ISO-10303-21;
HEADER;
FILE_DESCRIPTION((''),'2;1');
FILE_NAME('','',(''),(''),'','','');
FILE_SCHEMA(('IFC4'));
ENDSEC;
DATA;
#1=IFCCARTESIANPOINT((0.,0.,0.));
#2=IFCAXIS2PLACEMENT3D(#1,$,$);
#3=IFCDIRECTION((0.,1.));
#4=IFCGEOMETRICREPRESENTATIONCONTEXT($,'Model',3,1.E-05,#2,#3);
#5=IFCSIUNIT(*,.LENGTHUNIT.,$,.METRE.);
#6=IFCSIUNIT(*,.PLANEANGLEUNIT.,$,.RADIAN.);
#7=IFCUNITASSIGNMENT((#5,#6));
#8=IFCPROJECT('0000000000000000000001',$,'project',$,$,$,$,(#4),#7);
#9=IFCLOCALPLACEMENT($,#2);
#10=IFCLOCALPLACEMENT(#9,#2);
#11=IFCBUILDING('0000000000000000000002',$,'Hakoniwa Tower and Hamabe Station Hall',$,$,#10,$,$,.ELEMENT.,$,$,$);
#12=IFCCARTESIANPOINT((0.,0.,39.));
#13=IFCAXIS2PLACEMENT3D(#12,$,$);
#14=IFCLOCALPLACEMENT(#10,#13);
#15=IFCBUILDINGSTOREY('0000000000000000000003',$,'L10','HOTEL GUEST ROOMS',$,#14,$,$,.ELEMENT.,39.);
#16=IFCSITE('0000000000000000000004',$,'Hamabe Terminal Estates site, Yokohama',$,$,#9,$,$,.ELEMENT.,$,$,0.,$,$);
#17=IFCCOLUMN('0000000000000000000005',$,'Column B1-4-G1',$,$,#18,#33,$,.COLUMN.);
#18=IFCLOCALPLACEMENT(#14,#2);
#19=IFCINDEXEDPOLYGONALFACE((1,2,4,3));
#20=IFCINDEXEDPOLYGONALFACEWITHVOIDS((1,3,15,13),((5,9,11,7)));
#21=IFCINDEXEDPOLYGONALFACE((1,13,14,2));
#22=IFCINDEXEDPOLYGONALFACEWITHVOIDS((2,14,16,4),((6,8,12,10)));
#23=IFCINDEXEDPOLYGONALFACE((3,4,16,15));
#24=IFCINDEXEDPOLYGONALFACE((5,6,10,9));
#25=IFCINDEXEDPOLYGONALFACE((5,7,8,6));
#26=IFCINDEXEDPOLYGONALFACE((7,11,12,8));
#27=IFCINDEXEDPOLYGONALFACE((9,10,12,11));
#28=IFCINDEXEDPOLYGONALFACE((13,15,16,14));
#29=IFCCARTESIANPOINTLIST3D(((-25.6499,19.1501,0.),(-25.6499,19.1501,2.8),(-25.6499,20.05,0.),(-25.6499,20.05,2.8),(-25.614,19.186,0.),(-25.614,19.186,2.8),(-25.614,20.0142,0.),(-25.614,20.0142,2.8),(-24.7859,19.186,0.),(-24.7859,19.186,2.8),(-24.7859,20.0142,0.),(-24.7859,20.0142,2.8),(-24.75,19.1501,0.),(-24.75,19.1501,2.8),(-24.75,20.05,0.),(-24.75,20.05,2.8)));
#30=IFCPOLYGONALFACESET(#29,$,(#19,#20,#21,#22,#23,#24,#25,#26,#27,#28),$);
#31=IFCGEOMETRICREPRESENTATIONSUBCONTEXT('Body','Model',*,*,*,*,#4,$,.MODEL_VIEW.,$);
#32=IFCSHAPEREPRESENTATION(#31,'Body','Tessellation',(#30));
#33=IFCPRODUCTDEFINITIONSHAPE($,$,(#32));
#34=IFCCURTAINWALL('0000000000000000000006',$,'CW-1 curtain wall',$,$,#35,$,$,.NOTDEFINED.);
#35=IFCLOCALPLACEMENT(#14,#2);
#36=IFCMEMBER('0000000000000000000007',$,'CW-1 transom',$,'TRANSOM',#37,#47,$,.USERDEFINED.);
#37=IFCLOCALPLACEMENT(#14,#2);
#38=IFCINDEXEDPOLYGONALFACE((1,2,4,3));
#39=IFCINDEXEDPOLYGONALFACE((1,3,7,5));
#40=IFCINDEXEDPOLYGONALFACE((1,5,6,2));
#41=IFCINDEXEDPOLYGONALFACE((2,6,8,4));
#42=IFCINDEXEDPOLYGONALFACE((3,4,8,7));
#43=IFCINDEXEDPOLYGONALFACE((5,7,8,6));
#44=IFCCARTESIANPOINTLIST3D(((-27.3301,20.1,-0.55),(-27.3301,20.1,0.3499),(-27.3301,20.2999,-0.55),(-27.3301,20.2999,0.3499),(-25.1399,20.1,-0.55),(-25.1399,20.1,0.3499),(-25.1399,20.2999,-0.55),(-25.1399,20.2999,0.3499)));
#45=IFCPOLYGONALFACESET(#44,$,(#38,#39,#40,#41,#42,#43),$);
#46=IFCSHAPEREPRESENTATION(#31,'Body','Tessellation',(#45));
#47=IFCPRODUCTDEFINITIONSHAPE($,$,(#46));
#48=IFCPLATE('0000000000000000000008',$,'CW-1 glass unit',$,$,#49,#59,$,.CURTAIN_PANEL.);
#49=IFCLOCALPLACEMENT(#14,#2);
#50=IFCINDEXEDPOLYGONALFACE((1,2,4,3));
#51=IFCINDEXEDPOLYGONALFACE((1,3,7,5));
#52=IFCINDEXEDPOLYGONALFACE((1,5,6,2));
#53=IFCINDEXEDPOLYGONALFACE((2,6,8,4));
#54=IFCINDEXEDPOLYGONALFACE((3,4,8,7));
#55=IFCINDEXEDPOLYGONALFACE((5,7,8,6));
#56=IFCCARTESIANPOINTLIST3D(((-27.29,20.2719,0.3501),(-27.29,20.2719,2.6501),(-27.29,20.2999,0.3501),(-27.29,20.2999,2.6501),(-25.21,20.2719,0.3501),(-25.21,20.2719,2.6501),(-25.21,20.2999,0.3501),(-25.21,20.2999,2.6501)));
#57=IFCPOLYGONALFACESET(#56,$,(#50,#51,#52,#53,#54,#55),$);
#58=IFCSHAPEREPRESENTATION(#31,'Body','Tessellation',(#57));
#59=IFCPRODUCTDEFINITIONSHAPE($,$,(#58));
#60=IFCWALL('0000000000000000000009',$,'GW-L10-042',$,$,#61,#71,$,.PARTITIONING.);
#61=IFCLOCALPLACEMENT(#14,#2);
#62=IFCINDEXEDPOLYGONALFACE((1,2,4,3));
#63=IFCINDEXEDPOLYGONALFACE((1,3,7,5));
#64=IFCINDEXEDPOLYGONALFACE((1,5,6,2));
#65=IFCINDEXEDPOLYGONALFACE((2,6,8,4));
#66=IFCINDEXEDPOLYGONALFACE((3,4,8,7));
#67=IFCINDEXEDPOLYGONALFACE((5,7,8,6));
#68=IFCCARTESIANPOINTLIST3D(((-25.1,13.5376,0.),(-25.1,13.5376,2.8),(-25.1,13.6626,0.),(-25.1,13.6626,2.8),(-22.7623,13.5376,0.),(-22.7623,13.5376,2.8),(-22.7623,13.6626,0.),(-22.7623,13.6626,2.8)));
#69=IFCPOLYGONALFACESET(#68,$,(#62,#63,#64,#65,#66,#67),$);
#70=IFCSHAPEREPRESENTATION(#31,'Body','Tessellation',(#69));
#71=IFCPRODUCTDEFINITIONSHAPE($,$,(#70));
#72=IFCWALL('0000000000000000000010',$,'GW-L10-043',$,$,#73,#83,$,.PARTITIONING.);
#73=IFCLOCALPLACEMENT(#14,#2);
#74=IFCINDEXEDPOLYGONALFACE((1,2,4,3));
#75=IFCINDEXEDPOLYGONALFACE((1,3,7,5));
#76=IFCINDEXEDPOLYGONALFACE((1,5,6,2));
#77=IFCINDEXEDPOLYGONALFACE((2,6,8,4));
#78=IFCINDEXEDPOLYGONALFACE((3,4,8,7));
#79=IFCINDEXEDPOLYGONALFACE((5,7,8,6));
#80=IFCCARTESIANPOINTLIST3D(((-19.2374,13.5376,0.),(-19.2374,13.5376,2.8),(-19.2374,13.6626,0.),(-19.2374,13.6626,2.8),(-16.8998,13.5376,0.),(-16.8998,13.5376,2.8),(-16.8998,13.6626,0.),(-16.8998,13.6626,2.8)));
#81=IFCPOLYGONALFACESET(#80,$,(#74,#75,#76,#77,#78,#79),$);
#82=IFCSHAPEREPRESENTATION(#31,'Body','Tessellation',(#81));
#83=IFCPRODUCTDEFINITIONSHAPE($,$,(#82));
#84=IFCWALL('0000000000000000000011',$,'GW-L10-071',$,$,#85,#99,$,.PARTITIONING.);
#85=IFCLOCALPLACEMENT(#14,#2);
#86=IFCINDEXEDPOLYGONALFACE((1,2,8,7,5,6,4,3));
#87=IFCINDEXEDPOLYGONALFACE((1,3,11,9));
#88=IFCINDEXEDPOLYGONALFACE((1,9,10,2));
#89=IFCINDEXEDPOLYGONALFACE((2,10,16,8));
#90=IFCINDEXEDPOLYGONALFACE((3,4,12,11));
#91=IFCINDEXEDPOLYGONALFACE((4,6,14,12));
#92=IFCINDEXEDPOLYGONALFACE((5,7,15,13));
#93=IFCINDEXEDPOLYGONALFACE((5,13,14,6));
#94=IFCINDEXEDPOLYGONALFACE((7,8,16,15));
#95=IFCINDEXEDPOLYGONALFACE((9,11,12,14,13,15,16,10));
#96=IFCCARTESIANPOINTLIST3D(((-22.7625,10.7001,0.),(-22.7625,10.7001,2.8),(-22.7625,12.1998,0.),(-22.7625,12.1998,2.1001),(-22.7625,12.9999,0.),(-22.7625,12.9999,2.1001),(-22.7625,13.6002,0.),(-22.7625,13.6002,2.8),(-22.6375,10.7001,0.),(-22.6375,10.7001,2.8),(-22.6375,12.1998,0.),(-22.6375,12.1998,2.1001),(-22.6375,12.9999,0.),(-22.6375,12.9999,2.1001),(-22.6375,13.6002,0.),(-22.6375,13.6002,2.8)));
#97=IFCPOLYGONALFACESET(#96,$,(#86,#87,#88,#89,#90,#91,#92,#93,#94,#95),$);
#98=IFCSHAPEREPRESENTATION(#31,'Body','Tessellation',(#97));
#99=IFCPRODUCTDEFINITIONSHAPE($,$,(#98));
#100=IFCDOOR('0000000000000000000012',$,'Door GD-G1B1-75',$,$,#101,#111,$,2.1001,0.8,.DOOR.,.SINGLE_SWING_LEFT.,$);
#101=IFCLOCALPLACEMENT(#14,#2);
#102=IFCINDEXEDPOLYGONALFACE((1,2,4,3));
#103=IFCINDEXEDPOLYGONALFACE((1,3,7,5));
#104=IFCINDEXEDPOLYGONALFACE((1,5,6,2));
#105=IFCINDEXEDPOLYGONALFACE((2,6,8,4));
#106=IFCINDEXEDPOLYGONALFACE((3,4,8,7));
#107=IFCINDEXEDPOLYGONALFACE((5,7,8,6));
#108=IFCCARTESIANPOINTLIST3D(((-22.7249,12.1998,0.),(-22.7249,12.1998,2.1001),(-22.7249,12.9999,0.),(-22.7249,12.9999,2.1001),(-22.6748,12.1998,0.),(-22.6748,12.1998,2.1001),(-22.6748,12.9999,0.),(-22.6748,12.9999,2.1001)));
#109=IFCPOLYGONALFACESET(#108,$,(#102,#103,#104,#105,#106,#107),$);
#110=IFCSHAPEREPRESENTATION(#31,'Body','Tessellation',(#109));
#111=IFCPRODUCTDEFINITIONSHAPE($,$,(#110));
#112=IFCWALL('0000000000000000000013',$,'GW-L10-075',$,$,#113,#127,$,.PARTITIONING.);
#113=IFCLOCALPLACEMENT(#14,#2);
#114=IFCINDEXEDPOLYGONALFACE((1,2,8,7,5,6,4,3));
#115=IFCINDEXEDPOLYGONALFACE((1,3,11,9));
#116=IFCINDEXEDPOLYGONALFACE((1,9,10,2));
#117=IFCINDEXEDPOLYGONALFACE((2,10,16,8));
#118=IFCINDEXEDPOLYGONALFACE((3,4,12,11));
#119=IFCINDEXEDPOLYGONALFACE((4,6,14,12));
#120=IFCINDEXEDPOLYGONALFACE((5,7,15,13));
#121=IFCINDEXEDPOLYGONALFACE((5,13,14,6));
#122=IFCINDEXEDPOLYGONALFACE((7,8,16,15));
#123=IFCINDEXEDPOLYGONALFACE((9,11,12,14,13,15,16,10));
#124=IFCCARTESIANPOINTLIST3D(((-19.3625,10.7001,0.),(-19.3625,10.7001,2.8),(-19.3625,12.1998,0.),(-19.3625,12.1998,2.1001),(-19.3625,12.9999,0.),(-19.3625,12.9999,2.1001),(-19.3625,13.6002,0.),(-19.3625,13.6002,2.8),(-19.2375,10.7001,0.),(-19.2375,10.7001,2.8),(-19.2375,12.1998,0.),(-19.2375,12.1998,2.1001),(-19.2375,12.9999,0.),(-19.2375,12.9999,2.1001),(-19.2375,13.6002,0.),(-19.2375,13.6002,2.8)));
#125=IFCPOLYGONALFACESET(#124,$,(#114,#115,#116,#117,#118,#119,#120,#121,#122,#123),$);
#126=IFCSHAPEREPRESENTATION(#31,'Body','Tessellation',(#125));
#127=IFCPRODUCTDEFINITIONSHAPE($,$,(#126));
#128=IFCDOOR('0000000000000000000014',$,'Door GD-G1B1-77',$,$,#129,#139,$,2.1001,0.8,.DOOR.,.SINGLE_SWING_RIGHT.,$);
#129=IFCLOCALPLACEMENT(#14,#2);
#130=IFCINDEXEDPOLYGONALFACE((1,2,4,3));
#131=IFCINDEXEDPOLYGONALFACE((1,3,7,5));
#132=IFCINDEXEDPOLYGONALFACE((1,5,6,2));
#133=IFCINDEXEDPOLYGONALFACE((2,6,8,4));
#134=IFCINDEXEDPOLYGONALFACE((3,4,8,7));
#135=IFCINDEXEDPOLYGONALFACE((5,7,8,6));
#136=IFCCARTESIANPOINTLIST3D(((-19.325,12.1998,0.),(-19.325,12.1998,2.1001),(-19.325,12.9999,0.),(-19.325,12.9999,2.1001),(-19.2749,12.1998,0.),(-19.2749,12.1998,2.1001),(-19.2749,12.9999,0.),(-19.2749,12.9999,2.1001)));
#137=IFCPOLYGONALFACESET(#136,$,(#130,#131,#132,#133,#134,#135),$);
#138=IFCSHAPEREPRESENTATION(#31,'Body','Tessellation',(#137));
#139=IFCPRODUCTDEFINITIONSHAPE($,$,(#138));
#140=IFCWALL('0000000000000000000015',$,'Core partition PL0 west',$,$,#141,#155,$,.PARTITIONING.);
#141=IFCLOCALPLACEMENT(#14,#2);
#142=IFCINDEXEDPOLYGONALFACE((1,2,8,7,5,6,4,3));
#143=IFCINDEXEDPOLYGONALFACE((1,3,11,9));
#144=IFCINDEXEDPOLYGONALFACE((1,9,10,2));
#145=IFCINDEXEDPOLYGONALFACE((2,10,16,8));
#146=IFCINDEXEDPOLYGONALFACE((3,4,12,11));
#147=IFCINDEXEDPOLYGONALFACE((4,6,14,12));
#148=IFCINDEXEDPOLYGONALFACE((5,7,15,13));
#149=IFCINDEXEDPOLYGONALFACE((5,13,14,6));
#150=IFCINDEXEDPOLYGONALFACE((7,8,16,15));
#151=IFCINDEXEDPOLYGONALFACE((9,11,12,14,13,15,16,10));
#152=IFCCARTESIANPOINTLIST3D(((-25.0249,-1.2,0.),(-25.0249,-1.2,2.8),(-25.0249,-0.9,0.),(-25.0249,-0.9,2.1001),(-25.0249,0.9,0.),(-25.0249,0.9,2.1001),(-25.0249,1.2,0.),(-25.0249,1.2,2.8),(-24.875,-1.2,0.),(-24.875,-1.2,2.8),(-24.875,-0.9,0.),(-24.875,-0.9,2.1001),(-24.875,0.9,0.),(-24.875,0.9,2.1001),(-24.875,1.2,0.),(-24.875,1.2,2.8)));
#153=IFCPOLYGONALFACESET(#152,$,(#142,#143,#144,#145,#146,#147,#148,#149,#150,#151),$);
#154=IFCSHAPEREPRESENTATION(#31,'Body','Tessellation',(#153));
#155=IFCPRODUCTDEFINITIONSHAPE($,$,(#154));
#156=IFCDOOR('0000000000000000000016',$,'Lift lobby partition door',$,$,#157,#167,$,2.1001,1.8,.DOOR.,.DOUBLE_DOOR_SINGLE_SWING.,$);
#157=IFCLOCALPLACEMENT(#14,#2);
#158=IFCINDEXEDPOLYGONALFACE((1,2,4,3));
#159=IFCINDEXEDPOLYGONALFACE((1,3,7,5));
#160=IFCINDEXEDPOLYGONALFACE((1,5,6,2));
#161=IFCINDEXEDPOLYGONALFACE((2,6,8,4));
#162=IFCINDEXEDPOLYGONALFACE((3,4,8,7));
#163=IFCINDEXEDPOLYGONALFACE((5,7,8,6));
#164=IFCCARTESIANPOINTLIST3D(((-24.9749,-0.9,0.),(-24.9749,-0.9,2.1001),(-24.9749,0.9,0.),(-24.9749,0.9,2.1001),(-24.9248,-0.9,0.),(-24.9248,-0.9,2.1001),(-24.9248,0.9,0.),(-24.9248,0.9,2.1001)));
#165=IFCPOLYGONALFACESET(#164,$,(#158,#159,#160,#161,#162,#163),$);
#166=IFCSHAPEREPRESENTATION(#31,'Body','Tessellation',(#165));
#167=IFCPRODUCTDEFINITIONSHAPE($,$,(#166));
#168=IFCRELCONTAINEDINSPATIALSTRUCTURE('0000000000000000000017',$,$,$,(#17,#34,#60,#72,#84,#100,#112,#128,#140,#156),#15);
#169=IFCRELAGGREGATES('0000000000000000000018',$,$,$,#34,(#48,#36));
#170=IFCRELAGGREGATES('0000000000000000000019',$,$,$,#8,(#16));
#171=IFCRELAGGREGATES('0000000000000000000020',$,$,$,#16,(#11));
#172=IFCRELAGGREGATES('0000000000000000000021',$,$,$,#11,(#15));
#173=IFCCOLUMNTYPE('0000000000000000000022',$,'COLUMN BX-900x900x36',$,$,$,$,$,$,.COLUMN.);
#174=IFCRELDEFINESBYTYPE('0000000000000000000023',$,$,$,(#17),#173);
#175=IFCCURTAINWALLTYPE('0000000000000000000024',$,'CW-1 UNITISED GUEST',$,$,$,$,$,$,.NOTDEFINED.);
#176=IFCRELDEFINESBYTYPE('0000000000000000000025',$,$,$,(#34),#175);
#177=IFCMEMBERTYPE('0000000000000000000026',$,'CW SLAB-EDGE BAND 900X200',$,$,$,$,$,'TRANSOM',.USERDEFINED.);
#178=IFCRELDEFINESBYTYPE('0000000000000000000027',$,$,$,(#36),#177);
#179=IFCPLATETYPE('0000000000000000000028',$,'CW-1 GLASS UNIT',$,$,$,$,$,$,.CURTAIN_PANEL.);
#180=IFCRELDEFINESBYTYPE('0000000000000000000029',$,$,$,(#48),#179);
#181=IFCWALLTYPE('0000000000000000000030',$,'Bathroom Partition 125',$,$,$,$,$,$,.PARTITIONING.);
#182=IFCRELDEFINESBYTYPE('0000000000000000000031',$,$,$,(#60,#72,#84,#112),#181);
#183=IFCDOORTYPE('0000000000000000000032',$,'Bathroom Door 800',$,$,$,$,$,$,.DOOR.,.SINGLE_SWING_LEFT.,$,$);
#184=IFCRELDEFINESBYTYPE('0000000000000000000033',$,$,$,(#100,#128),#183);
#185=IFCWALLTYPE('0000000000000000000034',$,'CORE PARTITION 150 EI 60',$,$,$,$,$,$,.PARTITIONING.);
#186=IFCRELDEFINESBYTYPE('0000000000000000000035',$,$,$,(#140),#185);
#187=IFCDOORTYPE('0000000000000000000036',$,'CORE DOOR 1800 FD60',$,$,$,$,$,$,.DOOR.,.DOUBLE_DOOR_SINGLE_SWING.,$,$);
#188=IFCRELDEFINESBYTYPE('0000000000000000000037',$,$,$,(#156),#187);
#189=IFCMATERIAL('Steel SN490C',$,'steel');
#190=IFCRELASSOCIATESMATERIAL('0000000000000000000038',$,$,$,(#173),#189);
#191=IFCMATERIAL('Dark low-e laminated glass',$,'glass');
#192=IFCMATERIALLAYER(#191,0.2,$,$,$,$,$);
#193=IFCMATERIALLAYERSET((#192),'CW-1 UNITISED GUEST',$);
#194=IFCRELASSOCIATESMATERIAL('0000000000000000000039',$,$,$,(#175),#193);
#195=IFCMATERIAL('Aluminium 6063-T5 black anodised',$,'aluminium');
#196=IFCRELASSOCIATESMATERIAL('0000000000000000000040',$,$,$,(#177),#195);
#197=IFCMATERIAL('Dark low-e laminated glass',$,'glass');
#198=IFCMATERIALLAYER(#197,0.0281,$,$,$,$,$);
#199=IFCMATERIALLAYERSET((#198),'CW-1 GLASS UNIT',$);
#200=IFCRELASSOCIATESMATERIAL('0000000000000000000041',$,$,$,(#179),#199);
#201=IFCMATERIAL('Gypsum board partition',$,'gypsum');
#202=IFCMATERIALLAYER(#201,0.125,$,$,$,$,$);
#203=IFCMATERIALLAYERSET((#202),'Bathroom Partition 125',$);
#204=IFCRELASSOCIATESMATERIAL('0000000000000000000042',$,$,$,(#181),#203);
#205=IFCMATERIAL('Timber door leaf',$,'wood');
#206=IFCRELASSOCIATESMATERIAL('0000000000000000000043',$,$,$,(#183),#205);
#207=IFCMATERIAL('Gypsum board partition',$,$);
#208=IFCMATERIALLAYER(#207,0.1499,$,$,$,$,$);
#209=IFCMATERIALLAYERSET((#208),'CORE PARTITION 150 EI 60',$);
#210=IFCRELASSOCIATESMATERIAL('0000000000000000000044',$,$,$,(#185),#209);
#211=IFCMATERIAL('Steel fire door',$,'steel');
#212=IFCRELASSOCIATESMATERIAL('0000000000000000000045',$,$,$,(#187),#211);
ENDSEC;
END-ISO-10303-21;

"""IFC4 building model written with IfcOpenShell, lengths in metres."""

from ifc_helpers import new_model, si_unit, direction, frame, frame_2d, origin, origin_2d, place, context, subcontext, project, spatial, rectangle, hollow_rectangle, extrude, material, layer, layer_set, material_profile, profile_set, type_object, element, fill, aggregate, save


model = new_model("IFC4")

# Units and contexts
model_context = context("Model", 3, precision=1e-05, world=origin(), true_north=direction((0.0, 1.0)))
body_context = subcontext(model_context, "Body", "Model", "MODEL_VIEW")
ifc_project = project(units=[si_unit("LENGTHUNIT", "METRE"), si_unit("PLANEANGLEUNIT", "RADIAN")], contexts=[model_context])

# Site, building, storey
site_placement = place(None, origin())
site = spatial("IfcSite", under=ifc_project, at=site_placement, Name="Hamabe Terminal Estates site, Yokohama", CompositionType="ELEMENT", RefElevation=0.0)
building_placement = place(site_placement, origin())
building = spatial("IfcBuilding", under=site, at=building_placement, Name="Hakoniwa Tower and Hamabe Station Hall", CompositionType="ELEMENT")
storey_placement = place(building_placement, frame((0.0, 0.0, 39.0)))
storey = spatial("IfcBuildingStorey", under=building, at=storey_placement, Name="L10", Description="HOTEL GUEST ROOMS", CompositionType="ELEMENT", Elevation=39.0)

# Column
ifc_material_1 = material(Name="Steel SN490C", Category="steel")
ifc_material_profile_1 = material_profile(ifc_material_1, hollow_rectangle(XDim=0.8999, YDim=0.8999, WallThickness=0.0359, at=origin_2d()), Name="BX-900x900x36")
ifc_profile_set_1 = profile_set([ifc_material_profile_1], Name="Steel SN490C")
column_type = type_object("IfcColumnType", Name="COLUMN BX-900x900x36", PredefinedType="COLUMN", material=ifc_profile_set_1)
column_placement = place(storey_placement, frame((-25.2, 19.6001, 0.0), z_axis=(0.0, 0.0, 1.0), x_axis=(1.0, 0.0, 0.0)))
element("IfcColumn", 1, at=column_placement, inside=storey, type_object=column_type, Name="Column B1-4-G1", PredefinedType="COLUMN", context=body_context, shape_type="SweptSolid", body=[
    extrude(hollow_rectangle(XDim=0.8999, YDim=0.8999, WallThickness=0.0359, at=origin_2d()), origin(), (0.0, 0.0, 1.0), 2.8),
])

# Curtain wall, member, plate
ifc_material_2 = material(Name="Dark low-e laminated glass", Category="glass")
ifc_layer_1 = layer(ifc_material_2, 0.2)
ifc_layer_set_1 = layer_set([ifc_layer_1], Name="CW-1 UNITISED GUEST")
curtain_wall_type = type_object("IfcCurtainWallType", Name="CW-1 UNITISED GUEST", PredefinedType="NOTDEFINED", material=ifc_layer_set_1)
curtain_wall_placement = place(storey_placement, origin())
curtain_wall = element("IfcCurtainWall", 2, at=curtain_wall_placement, inside=storey, type_object=curtain_wall_type, Name="CW-1 curtain wall", PredefinedType="NOTDEFINED")
ifc_material_3 = material(Name="Aluminium 6063-T5 black anodised", Category="aluminium")
ifc_material_profile_2 = material_profile(ifc_material_3, rectangle(XDim=0.2, YDim=0.8999, at=origin_2d()), Name="CW SLAB-EDGE BAND 900X200")
ifc_profile_set_2 = profile_set([ifc_material_profile_2], Name="Aluminium 6063-T5 black anodised")
member_type = type_object("IfcMemberType", Name="CW SLAB-EDGE BAND 900X200", ElementType="TRANSOM", PredefinedType="USERDEFINED", material=ifc_profile_set_2)
member_placement = place(storey_placement, frame((-25.1399, 20.2, -0.1001), z_axis=(-1.0, 0.0, 0.0), x_axis=(0.0, -1.0, 0.0)))
member = element("IfcMember", 3, at=member_placement, type_object=member_type, Name="CW-1 transom", ObjectType="TRANSOM", PredefinedType="USERDEFINED", context=body_context, shape_type="SweptSolid", body=[
    extrude(rectangle(XDim=0.2, YDim=0.8999, at=origin_2d()), origin(), (0.0, 0.0, 1.0), 2.1902),
])
ifc_material_4 = material(Name="Dark low-e laminated glass", Category="glass")
ifc_layer_2 = layer(ifc_material_4, 0.0281)
ifc_layer_set_2 = layer_set([ifc_layer_2], Name="CW-1 GLASS UNIT")
plate_type = type_object("IfcPlateType", Name="CW-1 GLASS UNIT", PredefinedType="CURTAIN_PANEL", material=ifc_layer_set_2)
plate_placement = place(storey_placement, frame((-26.25, 20.2859, 0.3501), z_axis=(0.0, 0.0, 1.0), x_axis=(-1.0, 0.0, 0.0)))
plate = element("IfcPlate", 4, at=plate_placement, type_object=plate_type, Name="CW-1 glass unit", PredefinedType="CURTAIN_PANEL", context=body_context, shape_type="SweptSolid", body=[
    extrude(rectangle(XDim=2.0801, YDim=0.0281, at=origin_2d()), origin(), (0.0, 0.0, 1.0), 2.3),
])

# Walls
ifc_material_5 = material(Name="Gypsum board partition", Category="gypsum")
ifc_layer_3 = layer(ifc_material_5, 0.125)
ifc_layer_set_3 = layer_set([ifc_layer_3], Name="Bathroom Partition 125")
wall_type_1 = type_object("IfcWallType", Name="Bathroom Partition 125", PredefinedType="PARTITIONING", material=ifc_layer_set_3)
for number, where, z_axis, x_axis, name in (
    (5, (-25.1001, 13.6001, 0.0), (0.0, 0.0, 1.0), (1.0, 0.0, 0.0), "GW-L10-042"),
    (6, (-19.2375, 13.6001, 0.0), (0.0, 0.0, 1.0), (1.0, 0.0, 0.0), "GW-L10-043"),
):
    element("IfcWall", number, at=place(storey_placement, frame(where, z_axis=z_axis, x_axis=x_axis)), inside=storey, type_object=wall_type_1, Name=name, PredefinedType="PARTITIONING", context=body_context, shape_type="SweptSolid", body=[
        extrude(rectangle(XDim=2.3376, YDim=0.125, at=frame_2d((1.1689, 0.0))), origin(), (0.0, 0.0, 1.0), 2.8),
    ])

# Walls, openings, doors
wall_1_placement = place(storey_placement, frame((-22.7, 10.7, 0.0), z_axis=(0.0, 0.0, 1.0), x_axis=(0.0, 1.0, 0.0)))
wall_1 = element("IfcWall", 7, at=wall_1_placement, inside=storey, type_object=wall_type_1, Name="GW-L10-071", PredefinedType="PARTITIONING", context=body_context, shape_type="SweptSolid", body=[
    extrude(rectangle(XDim=2.9001, YDim=0.125, at=frame_2d((1.4502, 0.0))), origin(), (0.0, 0.0, 1.0), 2.8),
])
opening_1_placement = place(wall_1_placement, frame((1.5, 0.0, 0.0)))
opening_1 = element("IfcOpeningElement", 8, at=opening_1_placement, cuts=wall_1, PredefinedType="OPENING", context=body_context, shape_type="SweptSolid", body=[
    extrude(rectangle(XDim=0.8, YDim=2.1001, at=frame_2d((0.3999, 1.05))), frame((0.0, 0.0725, 0.0), z_axis=(0.0, -1.0, 0.0), x_axis=(1.0, 0.0, 0.0)), (0.0, 0.0, 1.0), 0.145),
])
ifc_material_6 = material(Name="Timber door leaf", Category="wood")
door_type_1 = type_object("IfcDoorType", Name="Bathroom Door 800", OperationType="SINGLE_SWING_LEFT", PredefinedType="DOOR", material=ifc_material_6)
door_1_placement = place(opening_1_placement, origin())
door_1 = element("IfcDoor", 9, at=door_1_placement, inside=storey, type_object=door_type_1, Name="Door GD-G1B1-75", OperationType="SINGLE_SWING_LEFT", OverallHeight=2.1001, OverallWidth=0.8, PredefinedType="DOOR", context=body_context, shape_type="SweptSolid", body=[
    extrude(rectangle(XDim=0.8, YDim=2.1001, at=frame_2d((0.3999, 1.05))), frame((0.0, 0.0249, 0.0), z_axis=(0.0, -1.0, 0.0), x_axis=(1.0, 0.0, 0.0)), (0.0, 0.0, 1.0), 0.05),
])
fill(opening_1, door_1)
wall_2_placement = place(storey_placement, frame((-19.3, 10.7, 0.0), z_axis=(0.0, 0.0, 1.0), x_axis=(0.0, 1.0, 0.0)))
wall_2 = element("IfcWall", 10, at=wall_2_placement, inside=storey, type_object=wall_type_1, Name="GW-L10-075", PredefinedType="PARTITIONING", context=body_context, shape_type="SweptSolid", body=[
    extrude(rectangle(XDim=2.9001, YDim=0.125, at=frame_2d((1.4502, 0.0))), origin(), (0.0, 0.0, 1.0), 2.8),
])
opening_2_placement = place(wall_2_placement, frame((1.5, 0.0, 0.0)))
opening_2 = element("IfcOpeningElement", 11, at=opening_2_placement, cuts=wall_2, PredefinedType="OPENING", context=body_context, shape_type="SweptSolid", body=[
    extrude(rectangle(XDim=0.8, YDim=2.1001, at=frame_2d((0.3999, 1.05))), frame((0.0, 0.0725, 0.0), z_axis=(0.0, -1.0, 0.0), x_axis=(1.0, 0.0, 0.0)), (0.0, 0.0, 1.0), 0.145),
])
door_2_placement = place(opening_2_placement, origin())
door_2 = element("IfcDoor", 12, at=door_2_placement, inside=storey, type_object=door_type_1, Name="Door GD-G1B1-77", OperationType="SINGLE_SWING_RIGHT", OverallHeight=2.1001, OverallWidth=0.8, PredefinedType="DOOR", context=body_context, shape_type="SweptSolid", body=[
    extrude(rectangle(XDim=0.8, YDim=2.1001, at=frame_2d((0.3999, 1.05))), frame((0.0, 0.0249, 0.0), z_axis=(0.0, -1.0, 0.0), x_axis=(1.0, 0.0, 0.0)), (0.0, 0.0, 1.0), 0.05),
])
fill(opening_2, door_2)
ifc_material_7 = material(Name="Gypsum board partition")
ifc_layer_4 = layer(ifc_material_7, 0.1499)
ifc_layer_set_4 = layer_set([ifc_layer_4], Name="CORE PARTITION 150 EI 60")
wall_type_2 = type_object("IfcWallType", Name="CORE PARTITION 150 EI 60", PredefinedType="PARTITIONING", material=ifc_layer_set_4)
wall_3_placement = place(storey_placement, frame((-24.95, -1.2, 0.0), z_axis=(0.0, 0.0, 1.0), x_axis=(0.0, 1.0, 0.0)))
wall_3 = element("IfcWall", 13, at=wall_3_placement, inside=storey, type_object=wall_type_2, Name="Core partition PL0 west", PredefinedType="PARTITIONING", context=body_context, shape_type="SweptSolid", body=[
    extrude(rectangle(XDim=2.3999, YDim=0.1499, at=frame_2d((1.2, 0.0))), origin(), (0.0, 0.0, 1.0), 2.8),
])
opening_3_placement = place(wall_3_placement, frame((0.3, 0.0, 0.0)))
opening_3 = element("IfcOpeningElement", 14, at=opening_3_placement, cuts=wall_3, PredefinedType="OPENING", context=body_context, shape_type="SweptSolid", body=[
    extrude(rectangle(XDim=1.8, YDim=2.1001, at=frame_2d((0.8999, 1.05))), frame((0.0, 0.085, 0.0), z_axis=(0.0, -1.0, 0.0), x_axis=(1.0, 0.0, 0.0)), (0.0, 0.0, 1.0), 0.1699),
])
ifc_material_8 = material(Name="Steel fire door", Category="steel")
door_type_2 = type_object("IfcDoorType", Name="CORE DOOR 1800 FD60", OperationType="DOUBLE_DOOR_SINGLE_SWING", PredefinedType="DOOR", material=ifc_material_8)
door_3_placement = place(opening_3_placement, origin())
door_3 = element("IfcDoor", 15, at=door_3_placement, inside=storey, type_object=door_type_2, Name="Lift lobby partition door", OperationType="DOUBLE_DOOR_SINGLE_SWING", OverallHeight=2.1001, OverallWidth=1.8, PredefinedType="DOOR", context=body_context, shape_type="SweptSolid", body=[
    extrude(rectangle(XDim=1.8, YDim=2.1001, at=frame_2d((0.8999, 1.05))), frame((0.0, 0.0249, 0.0), z_axis=(0.0, -1.0, 0.0), x_axis=(1.0, 0.0, 0.0)), (0.0, 0.0, 1.0), 0.05),
])
fill(opening_3, door_3)

aggregate(curtain_wall, [plate, member])

save(model, "model.ifc")
